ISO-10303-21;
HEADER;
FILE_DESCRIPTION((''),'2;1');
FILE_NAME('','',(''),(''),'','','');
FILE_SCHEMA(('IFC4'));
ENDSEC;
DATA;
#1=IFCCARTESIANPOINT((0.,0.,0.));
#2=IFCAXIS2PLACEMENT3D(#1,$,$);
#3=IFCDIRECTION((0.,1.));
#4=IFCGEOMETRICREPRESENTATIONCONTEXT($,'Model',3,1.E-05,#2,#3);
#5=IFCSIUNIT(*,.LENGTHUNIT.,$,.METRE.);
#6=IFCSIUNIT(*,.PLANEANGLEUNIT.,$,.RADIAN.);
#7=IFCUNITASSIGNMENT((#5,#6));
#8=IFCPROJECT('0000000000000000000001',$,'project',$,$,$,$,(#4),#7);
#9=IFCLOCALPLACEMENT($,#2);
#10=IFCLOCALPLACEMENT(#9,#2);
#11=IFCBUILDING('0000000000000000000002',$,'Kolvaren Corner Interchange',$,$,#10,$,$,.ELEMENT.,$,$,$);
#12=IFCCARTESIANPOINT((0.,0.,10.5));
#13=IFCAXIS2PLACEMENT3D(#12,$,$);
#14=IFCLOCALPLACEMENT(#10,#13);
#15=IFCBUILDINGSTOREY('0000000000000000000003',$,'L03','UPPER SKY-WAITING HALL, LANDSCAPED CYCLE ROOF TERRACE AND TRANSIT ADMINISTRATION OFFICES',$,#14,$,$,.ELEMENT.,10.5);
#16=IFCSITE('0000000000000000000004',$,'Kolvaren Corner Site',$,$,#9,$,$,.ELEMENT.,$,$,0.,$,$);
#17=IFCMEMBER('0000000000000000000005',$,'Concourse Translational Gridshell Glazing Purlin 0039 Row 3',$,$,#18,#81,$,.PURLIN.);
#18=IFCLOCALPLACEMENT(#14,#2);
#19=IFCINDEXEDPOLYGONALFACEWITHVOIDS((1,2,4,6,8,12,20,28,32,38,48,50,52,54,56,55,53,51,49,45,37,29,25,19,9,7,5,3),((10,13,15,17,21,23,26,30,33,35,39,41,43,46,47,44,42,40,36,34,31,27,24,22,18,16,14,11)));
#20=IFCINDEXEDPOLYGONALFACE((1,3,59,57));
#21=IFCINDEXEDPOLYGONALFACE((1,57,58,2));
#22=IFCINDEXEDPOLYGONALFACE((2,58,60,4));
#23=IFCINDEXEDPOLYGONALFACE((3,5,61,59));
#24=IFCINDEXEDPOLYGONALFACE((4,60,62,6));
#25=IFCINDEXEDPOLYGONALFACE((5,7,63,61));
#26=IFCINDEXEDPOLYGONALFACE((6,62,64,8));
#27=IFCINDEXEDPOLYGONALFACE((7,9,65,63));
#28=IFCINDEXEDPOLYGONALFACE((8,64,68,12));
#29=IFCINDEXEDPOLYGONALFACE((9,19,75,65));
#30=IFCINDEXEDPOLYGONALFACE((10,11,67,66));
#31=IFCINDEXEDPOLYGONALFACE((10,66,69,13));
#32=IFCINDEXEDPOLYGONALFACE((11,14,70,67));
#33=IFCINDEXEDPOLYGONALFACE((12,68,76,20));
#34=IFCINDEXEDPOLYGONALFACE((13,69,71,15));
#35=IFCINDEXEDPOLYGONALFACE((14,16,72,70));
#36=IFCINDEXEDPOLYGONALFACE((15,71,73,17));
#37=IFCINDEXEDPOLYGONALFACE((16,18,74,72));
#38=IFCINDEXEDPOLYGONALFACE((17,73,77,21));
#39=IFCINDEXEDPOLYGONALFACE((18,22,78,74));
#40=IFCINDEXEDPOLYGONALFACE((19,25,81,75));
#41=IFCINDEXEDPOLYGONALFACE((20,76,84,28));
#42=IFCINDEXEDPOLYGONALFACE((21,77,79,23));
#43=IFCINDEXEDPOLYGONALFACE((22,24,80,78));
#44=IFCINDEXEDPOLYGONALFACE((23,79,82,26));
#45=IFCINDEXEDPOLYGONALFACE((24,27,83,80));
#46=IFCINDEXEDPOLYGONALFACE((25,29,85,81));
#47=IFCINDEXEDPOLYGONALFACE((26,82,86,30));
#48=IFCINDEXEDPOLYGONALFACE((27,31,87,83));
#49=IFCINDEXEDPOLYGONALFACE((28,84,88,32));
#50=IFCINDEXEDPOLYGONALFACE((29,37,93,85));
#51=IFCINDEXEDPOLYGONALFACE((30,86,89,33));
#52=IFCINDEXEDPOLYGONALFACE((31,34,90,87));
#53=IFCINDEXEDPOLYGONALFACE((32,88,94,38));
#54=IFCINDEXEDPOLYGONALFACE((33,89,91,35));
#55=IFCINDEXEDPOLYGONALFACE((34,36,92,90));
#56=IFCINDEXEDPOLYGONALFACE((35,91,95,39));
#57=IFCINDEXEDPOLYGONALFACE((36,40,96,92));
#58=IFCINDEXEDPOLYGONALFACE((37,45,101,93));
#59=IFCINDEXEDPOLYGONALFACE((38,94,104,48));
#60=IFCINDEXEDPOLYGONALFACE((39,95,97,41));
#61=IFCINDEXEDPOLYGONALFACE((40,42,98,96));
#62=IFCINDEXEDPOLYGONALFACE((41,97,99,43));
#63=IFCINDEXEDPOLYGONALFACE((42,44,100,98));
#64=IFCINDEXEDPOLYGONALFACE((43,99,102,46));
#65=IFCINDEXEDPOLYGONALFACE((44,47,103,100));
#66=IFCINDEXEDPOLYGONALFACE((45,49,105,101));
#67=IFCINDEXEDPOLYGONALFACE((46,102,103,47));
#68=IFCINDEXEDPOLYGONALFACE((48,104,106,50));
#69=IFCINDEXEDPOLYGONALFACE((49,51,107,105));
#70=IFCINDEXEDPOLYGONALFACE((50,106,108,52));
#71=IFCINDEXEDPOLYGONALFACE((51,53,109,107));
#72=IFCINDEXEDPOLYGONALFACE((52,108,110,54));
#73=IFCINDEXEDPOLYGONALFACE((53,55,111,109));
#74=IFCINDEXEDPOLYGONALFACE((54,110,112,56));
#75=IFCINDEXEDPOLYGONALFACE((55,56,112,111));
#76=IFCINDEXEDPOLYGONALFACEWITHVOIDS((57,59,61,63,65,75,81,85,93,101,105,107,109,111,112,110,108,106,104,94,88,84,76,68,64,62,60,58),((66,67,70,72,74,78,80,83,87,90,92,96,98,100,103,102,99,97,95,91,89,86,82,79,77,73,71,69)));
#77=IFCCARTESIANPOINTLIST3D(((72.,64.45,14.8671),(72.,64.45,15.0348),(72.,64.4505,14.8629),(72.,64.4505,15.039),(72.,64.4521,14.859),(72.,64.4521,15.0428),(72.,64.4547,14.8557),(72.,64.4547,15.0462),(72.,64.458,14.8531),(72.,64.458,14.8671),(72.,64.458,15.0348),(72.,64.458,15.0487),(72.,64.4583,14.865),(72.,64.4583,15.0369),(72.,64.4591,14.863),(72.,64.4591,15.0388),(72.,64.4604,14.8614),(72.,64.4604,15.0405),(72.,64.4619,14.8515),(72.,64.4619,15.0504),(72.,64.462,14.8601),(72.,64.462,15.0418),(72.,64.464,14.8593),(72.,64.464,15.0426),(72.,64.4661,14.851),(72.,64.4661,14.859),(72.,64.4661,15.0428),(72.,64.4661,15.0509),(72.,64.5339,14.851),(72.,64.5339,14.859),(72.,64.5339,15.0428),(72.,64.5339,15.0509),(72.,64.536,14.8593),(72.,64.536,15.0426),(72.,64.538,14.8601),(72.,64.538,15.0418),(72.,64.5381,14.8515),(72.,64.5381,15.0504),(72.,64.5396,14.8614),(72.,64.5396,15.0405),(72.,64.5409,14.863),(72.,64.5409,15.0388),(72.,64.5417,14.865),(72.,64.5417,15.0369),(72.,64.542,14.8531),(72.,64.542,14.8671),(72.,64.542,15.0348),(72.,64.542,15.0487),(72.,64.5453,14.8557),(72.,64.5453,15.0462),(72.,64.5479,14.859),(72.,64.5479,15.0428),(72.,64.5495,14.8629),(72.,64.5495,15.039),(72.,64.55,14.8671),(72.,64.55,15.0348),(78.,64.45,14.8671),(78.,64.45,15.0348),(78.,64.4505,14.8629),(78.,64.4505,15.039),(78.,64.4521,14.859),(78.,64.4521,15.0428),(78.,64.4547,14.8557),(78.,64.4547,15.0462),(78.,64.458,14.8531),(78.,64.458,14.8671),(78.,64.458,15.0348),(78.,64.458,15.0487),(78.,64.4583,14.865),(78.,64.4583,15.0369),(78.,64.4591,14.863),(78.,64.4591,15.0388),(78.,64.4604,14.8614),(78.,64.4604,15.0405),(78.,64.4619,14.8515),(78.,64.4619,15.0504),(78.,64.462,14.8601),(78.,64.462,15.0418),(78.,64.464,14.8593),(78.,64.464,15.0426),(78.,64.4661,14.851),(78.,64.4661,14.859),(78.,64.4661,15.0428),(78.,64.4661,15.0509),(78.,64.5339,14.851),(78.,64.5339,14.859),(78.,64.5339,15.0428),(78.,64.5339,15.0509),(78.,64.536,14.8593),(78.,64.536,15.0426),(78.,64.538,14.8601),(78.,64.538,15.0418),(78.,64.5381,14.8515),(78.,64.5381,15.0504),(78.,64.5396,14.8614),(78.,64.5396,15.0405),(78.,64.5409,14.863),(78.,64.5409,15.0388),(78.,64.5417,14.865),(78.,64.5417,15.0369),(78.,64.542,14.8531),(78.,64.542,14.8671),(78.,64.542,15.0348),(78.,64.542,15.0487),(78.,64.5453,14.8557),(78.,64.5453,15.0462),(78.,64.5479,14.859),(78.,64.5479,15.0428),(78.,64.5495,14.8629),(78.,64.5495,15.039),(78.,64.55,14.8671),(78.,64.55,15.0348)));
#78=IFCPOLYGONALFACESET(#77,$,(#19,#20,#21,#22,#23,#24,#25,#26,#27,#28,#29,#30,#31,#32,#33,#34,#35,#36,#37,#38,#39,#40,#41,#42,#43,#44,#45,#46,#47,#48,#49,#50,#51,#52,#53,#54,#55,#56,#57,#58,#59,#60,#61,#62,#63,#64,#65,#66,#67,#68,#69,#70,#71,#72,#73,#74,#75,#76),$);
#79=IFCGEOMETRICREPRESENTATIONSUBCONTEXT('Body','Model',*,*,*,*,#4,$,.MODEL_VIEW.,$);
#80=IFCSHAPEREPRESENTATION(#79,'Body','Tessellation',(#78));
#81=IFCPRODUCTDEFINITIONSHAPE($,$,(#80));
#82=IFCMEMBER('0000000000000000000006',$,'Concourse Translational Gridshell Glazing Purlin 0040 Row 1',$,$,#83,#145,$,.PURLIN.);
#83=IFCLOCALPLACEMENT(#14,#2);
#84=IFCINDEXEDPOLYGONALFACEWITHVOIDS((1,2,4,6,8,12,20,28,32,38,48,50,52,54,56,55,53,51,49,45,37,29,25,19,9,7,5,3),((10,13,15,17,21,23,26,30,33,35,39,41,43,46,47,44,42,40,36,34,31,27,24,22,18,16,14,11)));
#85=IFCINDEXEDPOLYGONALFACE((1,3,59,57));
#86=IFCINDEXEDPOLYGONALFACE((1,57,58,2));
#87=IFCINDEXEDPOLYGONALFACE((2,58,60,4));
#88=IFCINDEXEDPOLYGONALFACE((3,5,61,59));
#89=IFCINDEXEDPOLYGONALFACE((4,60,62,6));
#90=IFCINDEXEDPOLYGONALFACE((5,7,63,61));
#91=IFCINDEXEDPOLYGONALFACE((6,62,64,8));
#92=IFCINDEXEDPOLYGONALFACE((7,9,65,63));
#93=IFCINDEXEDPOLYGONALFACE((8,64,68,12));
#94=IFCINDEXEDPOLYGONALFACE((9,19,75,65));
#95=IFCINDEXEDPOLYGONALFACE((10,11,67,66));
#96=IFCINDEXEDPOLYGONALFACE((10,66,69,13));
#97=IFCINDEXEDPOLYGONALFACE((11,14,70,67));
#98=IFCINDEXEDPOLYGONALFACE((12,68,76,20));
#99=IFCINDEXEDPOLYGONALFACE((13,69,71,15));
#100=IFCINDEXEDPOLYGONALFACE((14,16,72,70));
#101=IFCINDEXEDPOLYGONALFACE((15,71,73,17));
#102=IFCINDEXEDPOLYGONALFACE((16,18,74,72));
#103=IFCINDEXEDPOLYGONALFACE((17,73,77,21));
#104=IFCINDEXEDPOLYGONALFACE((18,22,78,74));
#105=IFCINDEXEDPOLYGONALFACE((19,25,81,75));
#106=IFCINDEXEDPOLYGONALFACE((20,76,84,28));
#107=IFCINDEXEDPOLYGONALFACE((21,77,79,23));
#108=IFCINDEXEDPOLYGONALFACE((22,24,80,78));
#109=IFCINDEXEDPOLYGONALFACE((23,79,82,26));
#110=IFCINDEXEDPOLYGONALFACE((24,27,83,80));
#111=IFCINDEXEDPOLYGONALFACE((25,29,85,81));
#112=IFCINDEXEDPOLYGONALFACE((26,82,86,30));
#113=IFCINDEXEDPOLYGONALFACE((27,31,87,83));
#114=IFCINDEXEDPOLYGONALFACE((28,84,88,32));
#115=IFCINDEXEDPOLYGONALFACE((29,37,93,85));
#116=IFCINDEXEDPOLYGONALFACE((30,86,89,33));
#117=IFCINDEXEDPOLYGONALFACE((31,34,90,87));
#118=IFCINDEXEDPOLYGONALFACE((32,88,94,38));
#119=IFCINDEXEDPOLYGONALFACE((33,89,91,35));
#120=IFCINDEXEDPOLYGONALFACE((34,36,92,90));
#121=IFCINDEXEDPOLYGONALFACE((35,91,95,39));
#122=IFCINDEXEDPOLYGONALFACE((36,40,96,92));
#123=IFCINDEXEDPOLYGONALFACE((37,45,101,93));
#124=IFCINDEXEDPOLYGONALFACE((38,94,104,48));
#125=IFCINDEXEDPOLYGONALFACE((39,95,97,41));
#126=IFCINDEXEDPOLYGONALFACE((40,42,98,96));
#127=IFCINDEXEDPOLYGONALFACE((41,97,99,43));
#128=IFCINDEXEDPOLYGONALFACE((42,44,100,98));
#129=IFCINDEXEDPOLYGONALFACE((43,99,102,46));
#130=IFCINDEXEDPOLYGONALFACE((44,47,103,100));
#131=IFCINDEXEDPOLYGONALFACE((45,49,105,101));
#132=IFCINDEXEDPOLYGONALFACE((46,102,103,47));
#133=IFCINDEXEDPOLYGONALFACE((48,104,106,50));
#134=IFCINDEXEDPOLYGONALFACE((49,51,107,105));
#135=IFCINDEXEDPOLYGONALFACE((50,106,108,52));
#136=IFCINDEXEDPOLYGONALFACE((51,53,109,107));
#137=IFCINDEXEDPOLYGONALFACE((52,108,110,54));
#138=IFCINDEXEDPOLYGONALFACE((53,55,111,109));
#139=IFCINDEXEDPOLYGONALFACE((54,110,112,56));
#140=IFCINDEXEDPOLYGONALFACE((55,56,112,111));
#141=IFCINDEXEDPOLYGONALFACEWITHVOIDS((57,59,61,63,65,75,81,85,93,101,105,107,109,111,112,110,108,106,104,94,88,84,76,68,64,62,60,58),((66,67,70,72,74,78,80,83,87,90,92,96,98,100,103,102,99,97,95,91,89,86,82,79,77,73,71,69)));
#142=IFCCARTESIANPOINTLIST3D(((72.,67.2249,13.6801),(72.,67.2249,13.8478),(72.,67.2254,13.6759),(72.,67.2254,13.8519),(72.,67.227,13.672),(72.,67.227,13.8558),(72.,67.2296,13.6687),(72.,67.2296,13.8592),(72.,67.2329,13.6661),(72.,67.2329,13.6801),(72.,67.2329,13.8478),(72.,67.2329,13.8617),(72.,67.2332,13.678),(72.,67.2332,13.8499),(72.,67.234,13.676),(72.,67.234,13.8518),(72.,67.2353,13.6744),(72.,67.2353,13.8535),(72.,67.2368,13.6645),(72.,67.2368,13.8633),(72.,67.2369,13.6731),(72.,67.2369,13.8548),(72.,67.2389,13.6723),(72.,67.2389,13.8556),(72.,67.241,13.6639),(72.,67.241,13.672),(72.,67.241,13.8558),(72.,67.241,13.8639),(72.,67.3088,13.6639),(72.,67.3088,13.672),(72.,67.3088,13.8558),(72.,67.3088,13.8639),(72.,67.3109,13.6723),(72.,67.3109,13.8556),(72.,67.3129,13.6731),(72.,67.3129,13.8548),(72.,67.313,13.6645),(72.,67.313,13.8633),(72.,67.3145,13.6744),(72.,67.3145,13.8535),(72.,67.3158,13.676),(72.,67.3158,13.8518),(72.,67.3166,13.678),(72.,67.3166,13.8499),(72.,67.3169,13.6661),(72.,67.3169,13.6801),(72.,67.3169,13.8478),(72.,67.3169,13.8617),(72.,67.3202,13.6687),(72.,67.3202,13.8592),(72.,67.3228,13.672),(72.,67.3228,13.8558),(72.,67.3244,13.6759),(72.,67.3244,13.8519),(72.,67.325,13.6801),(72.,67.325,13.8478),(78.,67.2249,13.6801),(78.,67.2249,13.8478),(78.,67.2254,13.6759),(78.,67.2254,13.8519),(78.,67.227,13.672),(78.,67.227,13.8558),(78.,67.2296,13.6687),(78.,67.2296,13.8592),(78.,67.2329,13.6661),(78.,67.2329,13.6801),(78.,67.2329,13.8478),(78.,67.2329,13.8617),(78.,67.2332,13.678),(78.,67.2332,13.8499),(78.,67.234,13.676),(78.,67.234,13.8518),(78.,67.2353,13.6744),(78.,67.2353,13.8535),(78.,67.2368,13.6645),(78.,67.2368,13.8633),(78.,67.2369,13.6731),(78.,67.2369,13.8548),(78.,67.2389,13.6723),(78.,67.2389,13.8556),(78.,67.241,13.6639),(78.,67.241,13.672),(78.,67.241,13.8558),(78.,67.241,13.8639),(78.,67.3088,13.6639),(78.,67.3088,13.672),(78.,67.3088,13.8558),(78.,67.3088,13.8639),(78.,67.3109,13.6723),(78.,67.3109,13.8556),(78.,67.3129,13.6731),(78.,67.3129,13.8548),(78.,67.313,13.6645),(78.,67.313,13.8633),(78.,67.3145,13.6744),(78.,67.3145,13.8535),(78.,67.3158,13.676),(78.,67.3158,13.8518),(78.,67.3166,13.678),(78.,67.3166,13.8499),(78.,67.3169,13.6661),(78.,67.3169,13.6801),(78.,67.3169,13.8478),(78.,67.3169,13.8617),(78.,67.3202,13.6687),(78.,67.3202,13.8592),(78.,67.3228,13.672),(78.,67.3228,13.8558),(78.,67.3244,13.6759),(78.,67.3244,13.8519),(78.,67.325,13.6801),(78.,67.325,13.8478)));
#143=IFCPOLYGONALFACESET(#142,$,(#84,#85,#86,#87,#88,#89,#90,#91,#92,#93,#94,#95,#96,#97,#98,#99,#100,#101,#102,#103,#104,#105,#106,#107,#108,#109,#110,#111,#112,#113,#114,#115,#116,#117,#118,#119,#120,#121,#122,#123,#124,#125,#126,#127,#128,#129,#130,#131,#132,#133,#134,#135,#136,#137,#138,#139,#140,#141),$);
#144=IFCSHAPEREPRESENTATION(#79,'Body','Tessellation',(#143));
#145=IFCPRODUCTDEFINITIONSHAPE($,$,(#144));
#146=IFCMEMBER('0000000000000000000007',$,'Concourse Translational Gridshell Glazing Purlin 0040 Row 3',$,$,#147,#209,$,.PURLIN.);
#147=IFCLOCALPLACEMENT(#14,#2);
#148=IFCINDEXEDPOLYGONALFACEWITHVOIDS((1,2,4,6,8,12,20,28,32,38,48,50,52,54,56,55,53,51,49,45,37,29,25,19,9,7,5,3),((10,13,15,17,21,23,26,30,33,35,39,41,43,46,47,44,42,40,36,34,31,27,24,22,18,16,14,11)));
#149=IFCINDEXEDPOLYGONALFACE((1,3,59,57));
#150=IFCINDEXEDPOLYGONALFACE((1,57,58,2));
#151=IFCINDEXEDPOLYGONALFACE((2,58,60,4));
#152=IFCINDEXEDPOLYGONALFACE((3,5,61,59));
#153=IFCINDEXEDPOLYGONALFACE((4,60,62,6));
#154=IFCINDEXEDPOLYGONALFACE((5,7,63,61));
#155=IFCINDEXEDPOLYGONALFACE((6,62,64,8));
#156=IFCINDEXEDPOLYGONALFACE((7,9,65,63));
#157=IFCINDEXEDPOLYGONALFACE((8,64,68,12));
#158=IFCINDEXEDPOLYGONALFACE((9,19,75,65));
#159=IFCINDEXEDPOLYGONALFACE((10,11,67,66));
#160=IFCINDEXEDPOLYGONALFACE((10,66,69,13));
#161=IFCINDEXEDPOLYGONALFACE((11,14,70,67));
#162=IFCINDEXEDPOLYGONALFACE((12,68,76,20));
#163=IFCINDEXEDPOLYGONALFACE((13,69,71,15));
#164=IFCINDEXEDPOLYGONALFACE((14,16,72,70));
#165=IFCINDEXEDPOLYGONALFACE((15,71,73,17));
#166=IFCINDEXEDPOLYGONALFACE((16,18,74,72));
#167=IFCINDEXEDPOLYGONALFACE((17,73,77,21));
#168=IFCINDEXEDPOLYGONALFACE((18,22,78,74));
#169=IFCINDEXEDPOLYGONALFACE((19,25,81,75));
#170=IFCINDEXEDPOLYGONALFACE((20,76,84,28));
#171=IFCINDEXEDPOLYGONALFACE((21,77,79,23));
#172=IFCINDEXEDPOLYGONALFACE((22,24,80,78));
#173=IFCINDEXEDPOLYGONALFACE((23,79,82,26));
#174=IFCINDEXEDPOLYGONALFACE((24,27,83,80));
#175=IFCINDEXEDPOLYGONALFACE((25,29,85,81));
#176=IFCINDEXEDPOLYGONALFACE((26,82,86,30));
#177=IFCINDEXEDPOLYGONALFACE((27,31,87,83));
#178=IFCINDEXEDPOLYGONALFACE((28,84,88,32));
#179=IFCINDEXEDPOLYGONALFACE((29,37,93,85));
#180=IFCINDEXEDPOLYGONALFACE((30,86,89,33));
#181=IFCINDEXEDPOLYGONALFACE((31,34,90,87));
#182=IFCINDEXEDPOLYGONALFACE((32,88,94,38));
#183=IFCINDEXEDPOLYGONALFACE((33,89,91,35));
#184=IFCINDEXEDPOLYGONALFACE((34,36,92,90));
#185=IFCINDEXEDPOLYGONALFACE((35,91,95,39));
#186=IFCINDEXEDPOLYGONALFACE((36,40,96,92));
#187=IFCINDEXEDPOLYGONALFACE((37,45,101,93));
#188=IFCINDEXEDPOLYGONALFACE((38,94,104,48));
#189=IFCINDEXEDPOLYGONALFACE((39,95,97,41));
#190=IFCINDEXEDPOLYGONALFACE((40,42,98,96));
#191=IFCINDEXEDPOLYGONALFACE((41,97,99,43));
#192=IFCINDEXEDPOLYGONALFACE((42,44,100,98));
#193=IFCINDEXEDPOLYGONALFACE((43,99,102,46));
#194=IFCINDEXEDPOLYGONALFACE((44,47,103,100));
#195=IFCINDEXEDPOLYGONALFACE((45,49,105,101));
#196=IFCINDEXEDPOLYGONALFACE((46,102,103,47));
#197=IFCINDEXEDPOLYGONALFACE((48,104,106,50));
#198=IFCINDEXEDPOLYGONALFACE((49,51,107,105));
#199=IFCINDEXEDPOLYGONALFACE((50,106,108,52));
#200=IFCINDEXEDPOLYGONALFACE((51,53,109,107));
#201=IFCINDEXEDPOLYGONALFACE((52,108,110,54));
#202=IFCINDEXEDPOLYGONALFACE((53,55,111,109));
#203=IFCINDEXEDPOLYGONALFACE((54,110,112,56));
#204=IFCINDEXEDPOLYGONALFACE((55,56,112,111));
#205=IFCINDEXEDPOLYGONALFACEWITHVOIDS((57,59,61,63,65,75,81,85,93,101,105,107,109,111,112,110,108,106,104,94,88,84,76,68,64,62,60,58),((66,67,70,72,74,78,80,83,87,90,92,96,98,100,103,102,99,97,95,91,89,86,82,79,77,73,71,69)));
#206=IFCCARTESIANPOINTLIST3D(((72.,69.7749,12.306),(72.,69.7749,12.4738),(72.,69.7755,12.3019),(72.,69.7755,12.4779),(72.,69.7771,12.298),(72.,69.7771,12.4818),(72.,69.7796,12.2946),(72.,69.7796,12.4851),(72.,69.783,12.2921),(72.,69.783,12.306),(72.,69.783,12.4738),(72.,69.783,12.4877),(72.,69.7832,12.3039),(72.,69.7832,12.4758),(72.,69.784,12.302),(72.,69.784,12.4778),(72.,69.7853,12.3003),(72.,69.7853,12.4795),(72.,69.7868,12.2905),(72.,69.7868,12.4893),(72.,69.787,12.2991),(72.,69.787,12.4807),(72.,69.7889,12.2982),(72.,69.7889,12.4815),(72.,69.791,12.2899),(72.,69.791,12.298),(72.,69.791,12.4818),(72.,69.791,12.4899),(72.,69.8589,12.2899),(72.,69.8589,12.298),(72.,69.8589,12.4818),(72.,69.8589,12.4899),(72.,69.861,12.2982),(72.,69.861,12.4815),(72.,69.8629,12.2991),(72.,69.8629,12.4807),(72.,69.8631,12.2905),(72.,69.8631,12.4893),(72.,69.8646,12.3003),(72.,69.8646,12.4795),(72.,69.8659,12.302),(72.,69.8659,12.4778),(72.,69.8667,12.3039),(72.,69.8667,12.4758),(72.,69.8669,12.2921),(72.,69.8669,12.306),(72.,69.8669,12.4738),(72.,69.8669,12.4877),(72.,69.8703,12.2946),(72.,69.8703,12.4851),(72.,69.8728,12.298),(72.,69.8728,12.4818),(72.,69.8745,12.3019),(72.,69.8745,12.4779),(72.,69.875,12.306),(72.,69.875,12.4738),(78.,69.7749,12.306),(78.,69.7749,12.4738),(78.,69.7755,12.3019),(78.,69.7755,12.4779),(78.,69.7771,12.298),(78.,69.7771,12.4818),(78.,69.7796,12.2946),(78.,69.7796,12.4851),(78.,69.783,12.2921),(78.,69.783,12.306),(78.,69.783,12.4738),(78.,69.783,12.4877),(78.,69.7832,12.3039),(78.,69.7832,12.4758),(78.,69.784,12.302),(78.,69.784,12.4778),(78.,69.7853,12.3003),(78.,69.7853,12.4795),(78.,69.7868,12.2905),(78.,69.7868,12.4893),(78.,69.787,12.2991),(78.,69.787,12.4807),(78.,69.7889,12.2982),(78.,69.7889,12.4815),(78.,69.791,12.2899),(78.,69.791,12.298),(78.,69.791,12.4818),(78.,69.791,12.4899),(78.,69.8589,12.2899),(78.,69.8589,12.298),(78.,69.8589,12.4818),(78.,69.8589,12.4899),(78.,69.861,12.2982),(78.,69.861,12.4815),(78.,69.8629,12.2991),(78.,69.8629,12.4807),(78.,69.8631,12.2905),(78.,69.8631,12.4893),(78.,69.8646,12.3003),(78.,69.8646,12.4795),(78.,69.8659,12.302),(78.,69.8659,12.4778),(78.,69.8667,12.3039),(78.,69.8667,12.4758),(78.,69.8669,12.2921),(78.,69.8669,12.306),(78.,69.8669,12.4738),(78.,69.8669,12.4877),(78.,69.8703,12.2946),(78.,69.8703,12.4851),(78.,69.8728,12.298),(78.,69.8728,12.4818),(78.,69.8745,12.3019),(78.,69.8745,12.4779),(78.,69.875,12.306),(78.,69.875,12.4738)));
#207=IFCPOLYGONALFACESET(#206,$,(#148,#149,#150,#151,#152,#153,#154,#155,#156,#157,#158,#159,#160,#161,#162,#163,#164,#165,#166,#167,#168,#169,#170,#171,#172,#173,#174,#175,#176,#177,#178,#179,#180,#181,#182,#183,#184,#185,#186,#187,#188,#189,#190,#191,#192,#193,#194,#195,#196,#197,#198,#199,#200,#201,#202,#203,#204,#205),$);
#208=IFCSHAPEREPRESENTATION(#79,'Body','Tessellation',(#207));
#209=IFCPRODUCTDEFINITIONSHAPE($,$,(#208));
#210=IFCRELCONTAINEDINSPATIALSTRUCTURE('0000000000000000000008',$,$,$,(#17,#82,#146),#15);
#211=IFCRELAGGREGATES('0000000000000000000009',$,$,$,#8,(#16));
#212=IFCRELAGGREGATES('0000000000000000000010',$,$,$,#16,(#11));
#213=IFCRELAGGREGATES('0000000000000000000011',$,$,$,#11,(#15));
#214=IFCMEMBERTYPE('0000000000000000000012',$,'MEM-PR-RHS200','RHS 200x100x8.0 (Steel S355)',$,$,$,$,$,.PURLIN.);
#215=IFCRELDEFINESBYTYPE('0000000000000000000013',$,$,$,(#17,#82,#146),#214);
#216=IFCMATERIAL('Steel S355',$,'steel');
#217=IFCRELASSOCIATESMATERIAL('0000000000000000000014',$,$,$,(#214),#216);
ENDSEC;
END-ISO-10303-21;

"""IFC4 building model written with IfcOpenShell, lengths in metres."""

from ifc_helpers import new_model, si_unit, direction, frame, origin, origin_2d, place, context, subcontext, project, spatial, hollow_rectangle, extrude, material, material_profile, profile_set, type_object, element, save


model = new_model("IFC4")

# Units and contexts
model_context = context("Model", 3, precision=1e-05, world=origin(), true_north=direction((0.0, 1.0)))
body_context = subcontext(model_context, "Body", "Model", "MODEL_VIEW")
ifc_project = project(units=[si_unit("LENGTHUNIT", "METRE"), si_unit("PLANEANGLEUNIT", "RADIAN")], contexts=[model_context])

# Site, building, storey
site_placement = place(None, origin())
site = spatial("IfcSite", under=ifc_project, at=site_placement, Name="Kolvaren Corner Site", CompositionType="ELEMENT", RefElevation=0.0)
building_placement = place(site_placement, origin())
building = spatial("IfcBuilding", under=site, at=building_placement, Name="Kolvaren Corner Interchange", CompositionType="ELEMENT")
storey_placement = place(building_placement, frame((0.0, 0.0, 10.5)))
storey = spatial("IfcBuildingStorey", under=building, at=storey_placement, Name="L03", Description="UPPER SKY-WAITING HALL, LANDSCAPED CYCLE ROOF TERRACE AND TRANSIT ADMINISTRATION OFFICES", CompositionType="ELEMENT", Elevation=10.5)

# Members
ifc_material_1 = material(Name="Steel S355", Category="steel")
ifc_material_profile_1 = material_profile(ifc_material_1, hollow_rectangle(XDim=0.1001, YDim=0.2, WallThickness=0.0081, InnerFilletRadius=0.0081, OuterFilletRadius=0.0161, at=origin_2d()), Name="RHS 200x100x8.0")
ifc_profile_set_1 = profile_set([ifc_material_profile_1], Name="Steel S355")
member_type_1 = type_object("IfcMemberType", Name="MEM-PR-RHS200", Description="RHS 200x100x8.0 (Steel S355)", PredefinedType="PURLIN", material=ifc_profile_set_1)
for number, where, z_axis, x_axis, name in (
    (1, (72.0, 64.5, 14.9509), (1.0, 0.0, 0.0), (0.0, 1.0, 0.0), "Concourse Translational Gridshell Glazing Purlin 0039 Row 3"),
    (2, (72.0, 67.2749, 13.7639), (1.0, 0.0, 0.0), (0.0, 1.0, 0.0), "Concourse Translational Gridshell Glazing Purlin 0040 Row 1"),
    (3, (72.0, 69.825, 12.3899), (1.0, 0.0, 0.0), (0.0, 1.0, 0.0), "Concourse Translational Gridshell Glazing Purlin 0040 Row 3"),
):
    element("IfcMember", number, at=place(storey_placement, frame(where, z_axis=z_axis, x_axis=x_axis)), inside=storey, type_object=member_type_1, Name=name, PredefinedType="PURLIN", context=body_context, shape_type="SweptSolid", body=[
        extrude(hollow_rectangle(XDim=0.1001, YDim=0.2, WallThickness=0.0081, InnerFilletRadius=0.0081, OuterFilletRadius=0.0161, at=origin_2d()), origin(), (0.0, 0.0, 1.0), 6.0),
    ])

save(model, "model.ifc")
